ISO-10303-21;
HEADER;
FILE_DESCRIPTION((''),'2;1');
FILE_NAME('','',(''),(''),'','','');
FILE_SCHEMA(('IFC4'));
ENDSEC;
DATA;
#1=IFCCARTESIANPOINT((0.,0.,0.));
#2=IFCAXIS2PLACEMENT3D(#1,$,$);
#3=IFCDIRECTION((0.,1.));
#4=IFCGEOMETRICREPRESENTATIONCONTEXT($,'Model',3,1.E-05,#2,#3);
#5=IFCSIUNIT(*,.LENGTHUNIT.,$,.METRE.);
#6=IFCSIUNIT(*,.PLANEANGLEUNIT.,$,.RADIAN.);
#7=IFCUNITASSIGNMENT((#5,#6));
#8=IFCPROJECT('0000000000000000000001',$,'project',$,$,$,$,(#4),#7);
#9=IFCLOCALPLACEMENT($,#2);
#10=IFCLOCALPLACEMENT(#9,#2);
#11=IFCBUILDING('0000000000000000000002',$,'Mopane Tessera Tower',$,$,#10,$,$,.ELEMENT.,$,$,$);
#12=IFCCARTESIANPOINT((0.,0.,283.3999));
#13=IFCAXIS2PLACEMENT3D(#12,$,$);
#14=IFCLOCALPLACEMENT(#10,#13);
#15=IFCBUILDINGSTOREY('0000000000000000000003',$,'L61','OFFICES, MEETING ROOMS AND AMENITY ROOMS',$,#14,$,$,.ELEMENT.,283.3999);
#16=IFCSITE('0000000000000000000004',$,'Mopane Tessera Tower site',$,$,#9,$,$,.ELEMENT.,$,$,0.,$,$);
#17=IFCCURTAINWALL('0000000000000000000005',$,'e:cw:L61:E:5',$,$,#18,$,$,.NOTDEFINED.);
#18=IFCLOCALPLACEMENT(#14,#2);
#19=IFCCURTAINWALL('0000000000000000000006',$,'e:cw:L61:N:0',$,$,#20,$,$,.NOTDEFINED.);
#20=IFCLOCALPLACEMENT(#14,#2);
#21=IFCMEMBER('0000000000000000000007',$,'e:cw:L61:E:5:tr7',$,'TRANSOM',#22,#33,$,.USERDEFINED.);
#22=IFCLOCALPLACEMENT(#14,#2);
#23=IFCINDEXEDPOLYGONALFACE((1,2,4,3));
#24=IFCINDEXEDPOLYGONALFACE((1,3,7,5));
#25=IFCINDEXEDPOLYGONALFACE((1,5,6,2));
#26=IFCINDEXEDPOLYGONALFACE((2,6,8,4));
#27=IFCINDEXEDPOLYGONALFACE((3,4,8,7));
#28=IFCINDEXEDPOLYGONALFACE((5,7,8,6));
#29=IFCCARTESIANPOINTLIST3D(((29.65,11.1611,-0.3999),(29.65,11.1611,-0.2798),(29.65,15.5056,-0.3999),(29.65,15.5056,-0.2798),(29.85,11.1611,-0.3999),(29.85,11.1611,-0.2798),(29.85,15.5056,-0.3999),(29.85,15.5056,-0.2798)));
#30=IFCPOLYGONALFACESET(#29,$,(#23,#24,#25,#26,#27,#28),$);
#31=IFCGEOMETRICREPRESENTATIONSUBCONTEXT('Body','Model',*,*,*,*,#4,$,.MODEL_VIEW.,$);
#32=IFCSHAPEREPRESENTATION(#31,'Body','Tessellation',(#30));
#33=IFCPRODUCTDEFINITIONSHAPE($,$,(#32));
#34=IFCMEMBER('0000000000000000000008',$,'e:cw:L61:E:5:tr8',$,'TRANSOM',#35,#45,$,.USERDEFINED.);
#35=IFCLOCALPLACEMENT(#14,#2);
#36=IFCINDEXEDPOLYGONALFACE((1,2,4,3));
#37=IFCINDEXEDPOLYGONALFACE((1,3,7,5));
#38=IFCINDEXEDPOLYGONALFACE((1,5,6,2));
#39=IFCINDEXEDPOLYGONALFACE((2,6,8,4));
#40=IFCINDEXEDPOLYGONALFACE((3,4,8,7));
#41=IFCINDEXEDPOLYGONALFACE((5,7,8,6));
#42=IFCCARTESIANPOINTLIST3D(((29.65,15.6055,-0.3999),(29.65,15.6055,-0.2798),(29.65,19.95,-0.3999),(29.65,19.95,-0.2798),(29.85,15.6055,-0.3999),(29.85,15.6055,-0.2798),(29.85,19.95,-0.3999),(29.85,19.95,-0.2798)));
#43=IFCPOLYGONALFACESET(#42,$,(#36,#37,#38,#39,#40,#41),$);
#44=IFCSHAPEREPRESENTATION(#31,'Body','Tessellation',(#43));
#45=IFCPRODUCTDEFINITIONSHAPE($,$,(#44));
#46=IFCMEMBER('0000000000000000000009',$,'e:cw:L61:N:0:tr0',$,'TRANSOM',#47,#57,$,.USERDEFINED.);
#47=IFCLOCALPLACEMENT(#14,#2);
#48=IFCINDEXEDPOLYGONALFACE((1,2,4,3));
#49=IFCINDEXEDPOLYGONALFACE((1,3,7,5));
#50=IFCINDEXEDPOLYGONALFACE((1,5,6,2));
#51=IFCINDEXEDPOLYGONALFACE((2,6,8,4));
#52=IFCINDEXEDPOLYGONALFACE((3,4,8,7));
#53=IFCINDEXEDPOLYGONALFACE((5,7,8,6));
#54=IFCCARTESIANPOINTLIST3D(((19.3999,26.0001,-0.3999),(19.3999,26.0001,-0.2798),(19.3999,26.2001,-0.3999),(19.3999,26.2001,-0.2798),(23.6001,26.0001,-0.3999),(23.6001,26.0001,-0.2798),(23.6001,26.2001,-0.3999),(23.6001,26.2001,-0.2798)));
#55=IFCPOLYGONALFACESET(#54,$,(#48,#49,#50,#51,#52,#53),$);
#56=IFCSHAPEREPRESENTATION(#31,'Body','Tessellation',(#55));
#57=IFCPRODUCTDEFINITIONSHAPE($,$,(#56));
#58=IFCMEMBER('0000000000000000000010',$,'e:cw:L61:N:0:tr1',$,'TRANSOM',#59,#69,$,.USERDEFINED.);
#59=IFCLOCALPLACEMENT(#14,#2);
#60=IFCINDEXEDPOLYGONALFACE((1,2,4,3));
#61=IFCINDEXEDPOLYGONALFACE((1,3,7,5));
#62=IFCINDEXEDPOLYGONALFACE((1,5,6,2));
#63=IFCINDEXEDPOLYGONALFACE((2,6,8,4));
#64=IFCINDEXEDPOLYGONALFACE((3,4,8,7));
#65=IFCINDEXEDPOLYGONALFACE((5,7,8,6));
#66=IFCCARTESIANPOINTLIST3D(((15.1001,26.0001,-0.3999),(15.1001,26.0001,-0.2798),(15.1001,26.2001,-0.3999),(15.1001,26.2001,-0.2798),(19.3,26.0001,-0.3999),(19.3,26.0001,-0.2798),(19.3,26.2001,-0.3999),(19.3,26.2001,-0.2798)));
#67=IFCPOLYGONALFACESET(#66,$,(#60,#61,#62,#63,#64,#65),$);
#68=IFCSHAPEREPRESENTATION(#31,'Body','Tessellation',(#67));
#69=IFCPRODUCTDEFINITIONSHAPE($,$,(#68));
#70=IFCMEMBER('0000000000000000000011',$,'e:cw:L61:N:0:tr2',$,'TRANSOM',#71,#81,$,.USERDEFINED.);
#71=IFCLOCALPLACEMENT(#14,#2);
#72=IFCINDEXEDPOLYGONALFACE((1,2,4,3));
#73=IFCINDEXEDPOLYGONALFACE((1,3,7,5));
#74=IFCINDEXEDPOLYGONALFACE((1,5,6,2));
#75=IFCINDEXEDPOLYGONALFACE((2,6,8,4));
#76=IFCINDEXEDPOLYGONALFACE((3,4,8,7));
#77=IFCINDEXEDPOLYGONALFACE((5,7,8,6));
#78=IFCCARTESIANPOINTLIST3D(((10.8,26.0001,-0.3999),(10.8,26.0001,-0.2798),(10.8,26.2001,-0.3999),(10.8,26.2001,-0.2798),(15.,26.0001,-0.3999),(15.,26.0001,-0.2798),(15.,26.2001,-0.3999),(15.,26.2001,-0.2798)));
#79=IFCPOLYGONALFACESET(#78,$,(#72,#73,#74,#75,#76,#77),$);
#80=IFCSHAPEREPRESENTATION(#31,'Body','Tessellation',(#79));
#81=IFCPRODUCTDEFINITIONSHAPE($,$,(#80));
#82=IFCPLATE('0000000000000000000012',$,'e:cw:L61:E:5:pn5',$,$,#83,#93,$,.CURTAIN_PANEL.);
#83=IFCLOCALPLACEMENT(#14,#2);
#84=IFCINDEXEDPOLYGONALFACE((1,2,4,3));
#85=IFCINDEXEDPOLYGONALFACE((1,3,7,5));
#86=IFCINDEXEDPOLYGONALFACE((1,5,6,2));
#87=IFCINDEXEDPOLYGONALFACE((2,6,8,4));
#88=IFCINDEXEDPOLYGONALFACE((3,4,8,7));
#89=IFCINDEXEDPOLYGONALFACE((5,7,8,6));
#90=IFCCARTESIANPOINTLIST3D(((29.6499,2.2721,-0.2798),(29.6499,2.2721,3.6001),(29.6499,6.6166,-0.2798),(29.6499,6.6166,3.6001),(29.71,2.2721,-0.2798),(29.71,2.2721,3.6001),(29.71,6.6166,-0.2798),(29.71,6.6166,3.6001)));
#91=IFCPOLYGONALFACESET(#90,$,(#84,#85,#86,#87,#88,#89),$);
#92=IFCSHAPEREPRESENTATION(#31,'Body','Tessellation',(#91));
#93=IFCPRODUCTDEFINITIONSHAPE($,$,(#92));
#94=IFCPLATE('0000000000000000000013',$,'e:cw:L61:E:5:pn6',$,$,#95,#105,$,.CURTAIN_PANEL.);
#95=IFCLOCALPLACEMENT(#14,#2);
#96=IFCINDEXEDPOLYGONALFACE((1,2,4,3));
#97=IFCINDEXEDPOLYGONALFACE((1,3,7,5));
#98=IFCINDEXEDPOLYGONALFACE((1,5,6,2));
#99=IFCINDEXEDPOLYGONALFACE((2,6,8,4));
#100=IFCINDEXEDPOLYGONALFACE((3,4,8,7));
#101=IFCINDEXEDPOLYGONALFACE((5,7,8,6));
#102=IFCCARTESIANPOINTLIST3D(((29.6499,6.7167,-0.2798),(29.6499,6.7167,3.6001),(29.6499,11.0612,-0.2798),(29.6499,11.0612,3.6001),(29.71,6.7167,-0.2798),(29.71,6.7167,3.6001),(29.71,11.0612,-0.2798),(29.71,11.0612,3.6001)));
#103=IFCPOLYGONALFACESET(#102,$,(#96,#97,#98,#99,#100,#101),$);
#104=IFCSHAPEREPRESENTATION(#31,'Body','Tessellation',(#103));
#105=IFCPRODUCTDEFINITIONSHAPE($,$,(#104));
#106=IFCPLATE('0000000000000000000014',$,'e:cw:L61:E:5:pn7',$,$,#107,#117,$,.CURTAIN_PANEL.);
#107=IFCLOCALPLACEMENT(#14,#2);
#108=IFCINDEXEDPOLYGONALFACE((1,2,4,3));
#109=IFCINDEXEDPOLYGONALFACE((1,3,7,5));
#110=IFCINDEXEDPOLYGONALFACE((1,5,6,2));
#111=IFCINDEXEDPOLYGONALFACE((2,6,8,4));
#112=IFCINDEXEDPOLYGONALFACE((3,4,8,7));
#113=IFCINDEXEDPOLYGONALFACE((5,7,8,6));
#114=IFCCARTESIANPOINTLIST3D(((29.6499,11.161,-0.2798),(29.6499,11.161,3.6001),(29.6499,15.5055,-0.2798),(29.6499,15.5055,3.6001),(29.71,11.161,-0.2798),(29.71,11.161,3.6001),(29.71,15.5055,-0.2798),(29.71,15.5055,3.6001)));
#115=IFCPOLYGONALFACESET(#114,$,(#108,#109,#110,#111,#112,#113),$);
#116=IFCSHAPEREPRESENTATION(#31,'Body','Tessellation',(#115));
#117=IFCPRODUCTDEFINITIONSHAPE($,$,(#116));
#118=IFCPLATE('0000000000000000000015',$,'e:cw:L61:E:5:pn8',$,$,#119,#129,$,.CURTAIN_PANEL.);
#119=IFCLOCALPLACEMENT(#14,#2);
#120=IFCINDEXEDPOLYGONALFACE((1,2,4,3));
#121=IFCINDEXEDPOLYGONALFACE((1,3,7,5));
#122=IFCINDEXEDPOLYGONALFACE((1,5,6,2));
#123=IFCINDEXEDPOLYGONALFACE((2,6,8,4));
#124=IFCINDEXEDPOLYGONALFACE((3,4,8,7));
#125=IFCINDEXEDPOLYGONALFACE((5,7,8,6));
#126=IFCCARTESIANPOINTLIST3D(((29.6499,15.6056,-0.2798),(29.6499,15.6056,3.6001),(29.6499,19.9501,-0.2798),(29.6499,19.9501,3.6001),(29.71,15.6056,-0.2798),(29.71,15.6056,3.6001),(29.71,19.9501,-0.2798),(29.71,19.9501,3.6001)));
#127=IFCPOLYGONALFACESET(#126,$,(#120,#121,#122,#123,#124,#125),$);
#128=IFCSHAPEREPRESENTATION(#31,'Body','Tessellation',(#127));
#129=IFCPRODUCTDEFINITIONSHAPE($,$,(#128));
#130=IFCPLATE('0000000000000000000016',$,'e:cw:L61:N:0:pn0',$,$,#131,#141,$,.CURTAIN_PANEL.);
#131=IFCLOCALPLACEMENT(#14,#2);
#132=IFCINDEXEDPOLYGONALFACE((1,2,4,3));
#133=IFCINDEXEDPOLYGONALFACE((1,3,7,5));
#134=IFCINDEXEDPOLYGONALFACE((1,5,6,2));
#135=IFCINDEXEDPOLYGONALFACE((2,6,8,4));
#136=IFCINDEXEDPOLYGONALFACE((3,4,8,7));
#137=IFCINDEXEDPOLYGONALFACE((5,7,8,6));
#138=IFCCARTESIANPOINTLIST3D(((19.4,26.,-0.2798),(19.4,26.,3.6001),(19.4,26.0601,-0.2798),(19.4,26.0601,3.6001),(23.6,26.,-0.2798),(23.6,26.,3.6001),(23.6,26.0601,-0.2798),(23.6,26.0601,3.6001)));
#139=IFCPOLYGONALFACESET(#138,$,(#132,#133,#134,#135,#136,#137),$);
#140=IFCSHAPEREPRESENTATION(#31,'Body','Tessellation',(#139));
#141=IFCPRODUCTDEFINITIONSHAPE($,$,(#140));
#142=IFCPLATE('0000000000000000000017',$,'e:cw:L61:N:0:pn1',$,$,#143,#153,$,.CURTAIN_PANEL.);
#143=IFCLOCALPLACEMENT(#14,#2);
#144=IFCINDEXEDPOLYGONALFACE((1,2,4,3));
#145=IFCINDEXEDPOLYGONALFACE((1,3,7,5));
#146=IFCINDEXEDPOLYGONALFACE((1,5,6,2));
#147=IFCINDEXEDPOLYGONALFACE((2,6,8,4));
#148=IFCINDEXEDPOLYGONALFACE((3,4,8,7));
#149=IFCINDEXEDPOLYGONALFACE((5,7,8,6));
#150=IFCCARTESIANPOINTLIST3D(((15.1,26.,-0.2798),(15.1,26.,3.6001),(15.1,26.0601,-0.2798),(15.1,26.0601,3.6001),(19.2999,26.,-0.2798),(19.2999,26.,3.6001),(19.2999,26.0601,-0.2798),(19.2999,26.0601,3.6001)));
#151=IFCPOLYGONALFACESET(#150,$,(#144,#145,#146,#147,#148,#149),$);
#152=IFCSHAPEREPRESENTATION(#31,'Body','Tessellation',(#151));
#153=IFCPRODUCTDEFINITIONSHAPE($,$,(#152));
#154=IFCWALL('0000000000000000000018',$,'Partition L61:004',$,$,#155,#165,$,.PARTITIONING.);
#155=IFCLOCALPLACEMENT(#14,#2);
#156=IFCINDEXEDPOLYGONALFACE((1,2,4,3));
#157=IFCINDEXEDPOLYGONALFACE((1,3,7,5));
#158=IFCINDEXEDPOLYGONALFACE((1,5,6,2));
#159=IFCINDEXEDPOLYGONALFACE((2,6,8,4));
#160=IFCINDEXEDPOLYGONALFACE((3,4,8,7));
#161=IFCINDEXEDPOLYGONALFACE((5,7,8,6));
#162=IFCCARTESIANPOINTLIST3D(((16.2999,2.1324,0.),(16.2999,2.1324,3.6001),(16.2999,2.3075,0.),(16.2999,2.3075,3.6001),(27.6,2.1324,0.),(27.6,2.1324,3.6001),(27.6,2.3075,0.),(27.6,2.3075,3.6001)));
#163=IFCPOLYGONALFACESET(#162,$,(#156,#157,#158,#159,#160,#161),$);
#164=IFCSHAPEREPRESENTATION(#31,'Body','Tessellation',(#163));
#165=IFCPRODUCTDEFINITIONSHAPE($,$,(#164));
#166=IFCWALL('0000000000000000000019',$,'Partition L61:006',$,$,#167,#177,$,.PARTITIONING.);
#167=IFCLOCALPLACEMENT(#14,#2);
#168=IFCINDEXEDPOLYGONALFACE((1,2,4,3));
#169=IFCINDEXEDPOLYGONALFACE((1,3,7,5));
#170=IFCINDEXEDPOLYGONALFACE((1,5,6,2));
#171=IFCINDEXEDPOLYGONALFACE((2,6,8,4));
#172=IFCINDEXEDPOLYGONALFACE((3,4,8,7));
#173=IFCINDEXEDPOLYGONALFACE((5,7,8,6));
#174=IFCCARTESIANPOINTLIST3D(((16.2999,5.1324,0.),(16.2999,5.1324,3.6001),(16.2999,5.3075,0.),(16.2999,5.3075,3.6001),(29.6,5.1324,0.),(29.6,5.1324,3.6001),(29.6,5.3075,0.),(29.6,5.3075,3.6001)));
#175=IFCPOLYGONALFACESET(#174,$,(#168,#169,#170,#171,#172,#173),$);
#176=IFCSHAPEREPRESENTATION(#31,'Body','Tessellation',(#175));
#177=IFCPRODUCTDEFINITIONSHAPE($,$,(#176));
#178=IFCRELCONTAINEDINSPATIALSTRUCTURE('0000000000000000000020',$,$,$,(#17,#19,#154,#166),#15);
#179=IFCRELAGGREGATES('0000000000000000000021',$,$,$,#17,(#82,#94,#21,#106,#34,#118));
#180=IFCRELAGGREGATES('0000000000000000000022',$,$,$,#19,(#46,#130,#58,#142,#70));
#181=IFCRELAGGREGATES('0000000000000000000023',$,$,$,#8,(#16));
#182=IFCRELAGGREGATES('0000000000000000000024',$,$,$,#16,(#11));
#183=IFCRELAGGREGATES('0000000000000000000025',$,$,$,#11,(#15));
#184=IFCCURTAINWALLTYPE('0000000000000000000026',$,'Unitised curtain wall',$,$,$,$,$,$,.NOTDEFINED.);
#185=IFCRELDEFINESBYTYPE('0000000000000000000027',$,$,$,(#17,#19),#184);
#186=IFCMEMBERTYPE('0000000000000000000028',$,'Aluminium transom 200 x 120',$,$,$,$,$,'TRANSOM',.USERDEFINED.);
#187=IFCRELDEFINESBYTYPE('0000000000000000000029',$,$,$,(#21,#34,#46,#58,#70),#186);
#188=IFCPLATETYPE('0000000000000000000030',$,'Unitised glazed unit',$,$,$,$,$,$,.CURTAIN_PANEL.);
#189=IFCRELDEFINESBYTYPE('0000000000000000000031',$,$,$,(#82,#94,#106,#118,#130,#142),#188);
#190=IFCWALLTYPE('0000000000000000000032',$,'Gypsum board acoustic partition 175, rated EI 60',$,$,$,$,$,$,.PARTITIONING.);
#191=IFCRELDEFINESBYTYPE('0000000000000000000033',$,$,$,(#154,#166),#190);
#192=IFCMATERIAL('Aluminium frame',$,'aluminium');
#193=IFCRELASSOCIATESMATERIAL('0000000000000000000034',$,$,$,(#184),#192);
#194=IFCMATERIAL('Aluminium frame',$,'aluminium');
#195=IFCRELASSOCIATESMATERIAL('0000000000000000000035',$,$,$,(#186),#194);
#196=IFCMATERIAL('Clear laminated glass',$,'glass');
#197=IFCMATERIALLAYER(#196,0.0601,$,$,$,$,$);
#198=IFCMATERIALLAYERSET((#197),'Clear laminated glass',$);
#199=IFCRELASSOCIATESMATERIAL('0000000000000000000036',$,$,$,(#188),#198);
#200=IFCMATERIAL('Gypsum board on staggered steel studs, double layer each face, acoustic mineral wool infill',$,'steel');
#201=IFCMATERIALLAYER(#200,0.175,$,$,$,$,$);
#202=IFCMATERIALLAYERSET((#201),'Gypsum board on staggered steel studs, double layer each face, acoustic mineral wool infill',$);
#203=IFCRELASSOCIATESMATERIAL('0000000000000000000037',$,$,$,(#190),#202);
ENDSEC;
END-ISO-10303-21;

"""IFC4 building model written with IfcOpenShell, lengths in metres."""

from ifc_helpers import new_model, si_unit, direction, frame, frame_2d, origin, origin_2d, place, context, subcontext, project, spatial, rectangle, extrude, material, layer, layer_set, material_profile, profile_set, type_object, element, aggregate, save


model = new_model("IFC4")

# Units and contexts
model_context = context("Model", 3, precision=1e-05, world=origin(), true_north=direction((0.0, 1.0)))
body_context = subcontext(model_context, "Body", "Model", "MODEL_VIEW")
ifc_project = project(units=[si_unit("LENGTHUNIT", "METRE"), si_unit("PLANEANGLEUNIT", "RADIAN")], contexts=[model_context])

# Site, building, storey
site_placement = place(None, origin())
site = spatial("IfcSite", under=ifc_project, at=site_placement, Name="Mopane Tessera Tower site", CompositionType="ELEMENT", RefElevation=0.0)
building_placement = place(site_placement, origin())
building = spatial("IfcBuilding", under=site, at=building_placement, Name="Mopane Tessera Tower", CompositionType="ELEMENT")
storey_placement = place(building_placement, frame((0.0, 0.0, 283.3999)))
storey = spatial("IfcBuildingStorey", under=building, at=storey_placement, Name="L61", Description="OFFICES, MEETING ROOMS AND AMENITY ROOMS", CompositionType="ELEMENT", Elevation=283.3999)

# Curtain walls
ifc_material_1 = material(Name="Aluminium frame", Category="aluminium")
curtain_wall_type = type_object("IfcCurtainWallType", Name="Unitised curtain wall", PredefinedType="NOTDEFINED", material=ifc_material_1)
curtain_wall_1_placement = place(storey_placement, origin())
curtain_wall_1 = element("IfcCurtainWall", 1, at=curtain_wall_1_placement, inside=storey, type_object=curtain_wall_type, Name="e:cw:L61:E:5", PredefinedType="NOTDEFINED")
curtain_wall_2_placement = place(storey_placement, origin())
curtain_wall_2 = element("IfcCurtainWall", 2, at=curtain_wall_2_placement, inside=storey, type_object=curtain_wall_type, Name="e:cw:L61:N:0", PredefinedType="NOTDEFINED")

# Members
ifc_material_2 = material(Name="Aluminium frame", Category="aluminium")
ifc_material_profile_1 = material_profile(ifc_material_2, rectangle(XDim=0.2, YDim=0.1201, at=origin_2d()))
ifc_profile_set_1 = profile_set([ifc_material_profile_1], Name="Aluminium frame")
member_type_1 = type_object("IfcMemberType", Name="Aluminium transom 200 x 120", ElementType="TRANSOM", PredefinedType="USERDEFINED", material=ifc_profile_set_1)
member_1_placement = place(storey_placement, frame((29.75, 11.1611, -0.3398), z_axis=(0.0, 1.0, 0.0), x_axis=(-1.0, 0.0, 0.0)))
member_1 = element("IfcMember", 3, at=member_1_placement, type_object=member_type_1, Name="e:cw:L61:E:5:tr7", ObjectType="TRANSOM", PredefinedType="USERDEFINED", context=body_context, shape_type="SweptSolid", body=[
    extrude(rectangle(XDim=0.2, YDim=0.1201, at=origin_2d()), origin(), (0.0, 0.0, 1.0), 4.3445),
])
member_2_placement = place(storey_placement, frame((29.75, 15.6055, -0.3398), z_axis=(0.0, 1.0, 0.0), x_axis=(-1.0, 0.0, 0.0)))
member_2 = element("IfcMember", 4, at=member_2_placement, type_object=member_type_1, Name="e:cw:L61:E:5:tr8", ObjectType="TRANSOM", PredefinedType="USERDEFINED", context=body_context, shape_type="SweptSolid", body=[
    extrude(rectangle(XDim=0.2, YDim=0.1201, at=origin_2d()), origin(), (0.0, 0.0, 1.0), 4.3445),
])
member_3_placement = place(storey_placement, frame((23.6001, 26.1001, -0.3398), z_axis=(-1.0, 0.0, 0.0), x_axis=(0.0, -1.0, 0.0)))
member_3 = element("IfcMember", 5, at=member_3_placement, type_object=member_type_1, Name="e:cw:L61:N:0:tr0", ObjectType="TRANSOM", PredefinedType="USERDEFINED", context=body_context, shape_type="SweptSolid", body=[
    extrude(rectangle(XDim=0.2, YDim=0.1201, at=origin_2d()), origin(), (0.0, 0.0, 1.0), 4.2002),
])
member_4_placement = place(storey_placement, frame((19.3, 26.1001, -0.3398), z_axis=(-1.0, 0.0, 0.0), x_axis=(0.0, -1.0, 0.0)))
member_4 = element("IfcMember", 6, at=member_4_placement, type_object=member_type_1, Name="e:cw:L61:N:0:tr1", ObjectType="TRANSOM", PredefinedType="USERDEFINED", context=body_context, shape_type="SweptSolid", body=[
    extrude(rectangle(XDim=0.2, YDim=0.1201, at=origin_2d()), origin(), (0.0, 0.0, 1.0), 4.2),
])
member_5_placement = place(storey_placement, frame((15.0, 26.1001, -0.3398), z_axis=(-1.0, 0.0, 0.0), x_axis=(0.0, -1.0, 0.0)))
member_5 = element("IfcMember", 7, at=member_5_placement, type_object=member_type_1, Name="e:cw:L61:N:0:tr2", ObjectType="TRANSOM", PredefinedType="USERDEFINED", context=body_context, shape_type="SweptSolid", body=[
    extrude(rectangle(XDim=0.2, YDim=0.1201, at=origin_2d()), origin(), (0.0, 0.0, 1.0), 4.2),
])

# Plates
ifc_material_3 = material(Name="Clear laminated glass", Category="glass")
ifc_layer_1 = layer(ifc_material_3, 0.0601)
ifc_layer_set_1 = layer_set([ifc_layer_1], Name="Clear laminated glass")
plate_type = type_object("IfcPlateType", Name="Unitised glazed unit", PredefinedType="CURTAIN_PANEL", material=ifc_layer_set_1)
plate_1_placement = place(storey_placement, frame((29.6799, 4.4443, -0.2798), z_axis=(0.0, 0.0, 1.0), x_axis=(0.0, 1.0, 0.0)))
plate_1 = element("IfcPlate", 8, at=plate_1_placement, type_object=plate_type, Name="e:cw:L61:E:5:pn5", PredefinedType="CURTAIN_PANEL", context=body_context, shape_type="SweptSolid", body=[
    extrude(rectangle(XDim=4.3445, YDim=0.0601, at=origin_2d()), origin(), (0.0, 0.0, 1.0), 3.8799),
])
plate_2_placement = place(storey_placement, frame((29.6799, 8.8889, -0.2798), z_axis=(0.0, 0.0, 1.0), x_axis=(0.0, 1.0, 0.0)))
plate_2 = element("IfcPlate", 9, at=plate_2_placement, type_object=plate_type, Name="e:cw:L61:E:5:pn6", PredefinedType="CURTAIN_PANEL", context=body_context, shape_type="SweptSolid", body=[
    extrude(rectangle(XDim=4.3445, YDim=0.0601, at=origin_2d()), origin(), (0.0, 0.0, 1.0), 3.8799),
])
plate_3_placement = place(storey_placement, frame((29.6799, 13.3333, -0.2798), z_axis=(0.0, 0.0, 1.0), x_axis=(0.0, 1.0, 0.0)))
plate_3 = element("IfcPlate", 10, at=plate_3_placement, type_object=plate_type, Name="e:cw:L61:E:5:pn7", PredefinedType="CURTAIN_PANEL", context=body_context, shape_type="SweptSolid", body=[
    extrude(rectangle(XDim=4.3445, YDim=0.0601, at=origin_2d()), origin(), (0.0, 0.0, 1.0), 3.8799),
])
plate_4_placement = place(storey_placement, frame((29.6799, 17.7778, -0.2798), z_axis=(0.0, 0.0, 1.0), x_axis=(0.0, 1.0, 0.0)))
plate_4 = element("IfcPlate", 11, at=plate_4_placement, type_object=plate_type, Name="e:cw:L61:E:5:pn8", PredefinedType="CURTAIN_PANEL", context=body_context, shape_type="SweptSolid", body=[
    extrude(rectangle(XDim=4.3445, YDim=0.0601, at=origin_2d()), origin(), (0.0, 0.0, 1.0), 3.8799),
])
aggregate(curtain_wall_1, [plate_1, plate_2, member_1, plate_3, member_2, plate_4])
plate_5_placement = place(storey_placement, frame((21.5, 26.03, -0.2798), z_axis=(0.0, 0.0, 1.0), x_axis=(-1.0, 0.0, 0.0)))
plate_5 = element("IfcPlate", 12, at=plate_5_placement, type_object=plate_type, Name="e:cw:L61:N:0:pn0", PredefinedType="CURTAIN_PANEL", context=body_context, shape_type="SweptSolid", body=[
    extrude(rectangle(XDim=4.2, YDim=0.0601, at=origin_2d()), origin(), (0.0, 0.0, 1.0), 3.8799),
])
plate_6_placement = place(storey_placement, frame((17.2, 26.03, -0.2798), z_axis=(0.0, 0.0, 1.0), x_axis=(-1.0, 0.0, 0.0)))
plate_6 = element("IfcPlate", 13, at=plate_6_placement, type_object=plate_type, Name="e:cw:L61:N:0:pn1", PredefinedType="CURTAIN_PANEL", context=body_context, shape_type="SweptSolid", body=[
    extrude(rectangle(XDim=4.2, YDim=0.0601, at=origin_2d()), origin(), (0.0, 0.0, 1.0), 3.8799),
])
aggregate(curtain_wall_2, [member_3, plate_5, member_4, plate_6, member_5])

# Walls
ifc_material_4 = material(Name="Gypsum board on staggered steel studs, double layer each face, acoustic mineral wool infill", Category="steel")
ifc_layer_2 = layer(ifc_material_4, 0.175)
ifc_layer_set_2 = layer_set([ifc_layer_2], Name="Gypsum board on staggered steel studs, double layer each face, acoustic mineral wool infill")
wall_type_1 = type_object("IfcWallType", Name="Gypsum board acoustic partition 175, rated EI 60", PredefinedType="PARTITIONING", material=ifc_layer_set_2)
wall_1_placement = place(storey_placement, frame((16.3, 2.22, 0.0), z_axis=(0.0, 0.0, 1.0), x_axis=(1.0, 0.0, 0.0)))
element("IfcWall", 14, at=wall_1_placement, inside=storey, type_object=wall_type_1, Name="Partition L61:004", PredefinedType="PARTITIONING", context=body_context, shape_type="SweptSolid", body=[
    extrude(rectangle(XDim=11.3, YDim=0.175, at=frame_2d((5.6499, 0.0))), origin(), (0.0, 0.0, 1.0), 3.6001),
])
wall_2_placement = place(storey_placement, frame((16.3, 5.22, 0.0), z_axis=(0.0, 0.0, 1.0), x_axis=(1.0, 0.0, 0.0)))
element("IfcWall", 15, at=wall_2_placement, inside=storey, type_object=wall_type_1, Name="Partition L61:006", PredefinedType="PARTITIONING", context=body_context, shape_type="SweptSolid", body=[
    extrude(rectangle(XDim=13.3, YDim=0.175, at=frame_2d((6.6499, 0.0))), origin(), (0.0, 0.0, 1.0), 3.6001),
])

save(model, "model.ifc")
